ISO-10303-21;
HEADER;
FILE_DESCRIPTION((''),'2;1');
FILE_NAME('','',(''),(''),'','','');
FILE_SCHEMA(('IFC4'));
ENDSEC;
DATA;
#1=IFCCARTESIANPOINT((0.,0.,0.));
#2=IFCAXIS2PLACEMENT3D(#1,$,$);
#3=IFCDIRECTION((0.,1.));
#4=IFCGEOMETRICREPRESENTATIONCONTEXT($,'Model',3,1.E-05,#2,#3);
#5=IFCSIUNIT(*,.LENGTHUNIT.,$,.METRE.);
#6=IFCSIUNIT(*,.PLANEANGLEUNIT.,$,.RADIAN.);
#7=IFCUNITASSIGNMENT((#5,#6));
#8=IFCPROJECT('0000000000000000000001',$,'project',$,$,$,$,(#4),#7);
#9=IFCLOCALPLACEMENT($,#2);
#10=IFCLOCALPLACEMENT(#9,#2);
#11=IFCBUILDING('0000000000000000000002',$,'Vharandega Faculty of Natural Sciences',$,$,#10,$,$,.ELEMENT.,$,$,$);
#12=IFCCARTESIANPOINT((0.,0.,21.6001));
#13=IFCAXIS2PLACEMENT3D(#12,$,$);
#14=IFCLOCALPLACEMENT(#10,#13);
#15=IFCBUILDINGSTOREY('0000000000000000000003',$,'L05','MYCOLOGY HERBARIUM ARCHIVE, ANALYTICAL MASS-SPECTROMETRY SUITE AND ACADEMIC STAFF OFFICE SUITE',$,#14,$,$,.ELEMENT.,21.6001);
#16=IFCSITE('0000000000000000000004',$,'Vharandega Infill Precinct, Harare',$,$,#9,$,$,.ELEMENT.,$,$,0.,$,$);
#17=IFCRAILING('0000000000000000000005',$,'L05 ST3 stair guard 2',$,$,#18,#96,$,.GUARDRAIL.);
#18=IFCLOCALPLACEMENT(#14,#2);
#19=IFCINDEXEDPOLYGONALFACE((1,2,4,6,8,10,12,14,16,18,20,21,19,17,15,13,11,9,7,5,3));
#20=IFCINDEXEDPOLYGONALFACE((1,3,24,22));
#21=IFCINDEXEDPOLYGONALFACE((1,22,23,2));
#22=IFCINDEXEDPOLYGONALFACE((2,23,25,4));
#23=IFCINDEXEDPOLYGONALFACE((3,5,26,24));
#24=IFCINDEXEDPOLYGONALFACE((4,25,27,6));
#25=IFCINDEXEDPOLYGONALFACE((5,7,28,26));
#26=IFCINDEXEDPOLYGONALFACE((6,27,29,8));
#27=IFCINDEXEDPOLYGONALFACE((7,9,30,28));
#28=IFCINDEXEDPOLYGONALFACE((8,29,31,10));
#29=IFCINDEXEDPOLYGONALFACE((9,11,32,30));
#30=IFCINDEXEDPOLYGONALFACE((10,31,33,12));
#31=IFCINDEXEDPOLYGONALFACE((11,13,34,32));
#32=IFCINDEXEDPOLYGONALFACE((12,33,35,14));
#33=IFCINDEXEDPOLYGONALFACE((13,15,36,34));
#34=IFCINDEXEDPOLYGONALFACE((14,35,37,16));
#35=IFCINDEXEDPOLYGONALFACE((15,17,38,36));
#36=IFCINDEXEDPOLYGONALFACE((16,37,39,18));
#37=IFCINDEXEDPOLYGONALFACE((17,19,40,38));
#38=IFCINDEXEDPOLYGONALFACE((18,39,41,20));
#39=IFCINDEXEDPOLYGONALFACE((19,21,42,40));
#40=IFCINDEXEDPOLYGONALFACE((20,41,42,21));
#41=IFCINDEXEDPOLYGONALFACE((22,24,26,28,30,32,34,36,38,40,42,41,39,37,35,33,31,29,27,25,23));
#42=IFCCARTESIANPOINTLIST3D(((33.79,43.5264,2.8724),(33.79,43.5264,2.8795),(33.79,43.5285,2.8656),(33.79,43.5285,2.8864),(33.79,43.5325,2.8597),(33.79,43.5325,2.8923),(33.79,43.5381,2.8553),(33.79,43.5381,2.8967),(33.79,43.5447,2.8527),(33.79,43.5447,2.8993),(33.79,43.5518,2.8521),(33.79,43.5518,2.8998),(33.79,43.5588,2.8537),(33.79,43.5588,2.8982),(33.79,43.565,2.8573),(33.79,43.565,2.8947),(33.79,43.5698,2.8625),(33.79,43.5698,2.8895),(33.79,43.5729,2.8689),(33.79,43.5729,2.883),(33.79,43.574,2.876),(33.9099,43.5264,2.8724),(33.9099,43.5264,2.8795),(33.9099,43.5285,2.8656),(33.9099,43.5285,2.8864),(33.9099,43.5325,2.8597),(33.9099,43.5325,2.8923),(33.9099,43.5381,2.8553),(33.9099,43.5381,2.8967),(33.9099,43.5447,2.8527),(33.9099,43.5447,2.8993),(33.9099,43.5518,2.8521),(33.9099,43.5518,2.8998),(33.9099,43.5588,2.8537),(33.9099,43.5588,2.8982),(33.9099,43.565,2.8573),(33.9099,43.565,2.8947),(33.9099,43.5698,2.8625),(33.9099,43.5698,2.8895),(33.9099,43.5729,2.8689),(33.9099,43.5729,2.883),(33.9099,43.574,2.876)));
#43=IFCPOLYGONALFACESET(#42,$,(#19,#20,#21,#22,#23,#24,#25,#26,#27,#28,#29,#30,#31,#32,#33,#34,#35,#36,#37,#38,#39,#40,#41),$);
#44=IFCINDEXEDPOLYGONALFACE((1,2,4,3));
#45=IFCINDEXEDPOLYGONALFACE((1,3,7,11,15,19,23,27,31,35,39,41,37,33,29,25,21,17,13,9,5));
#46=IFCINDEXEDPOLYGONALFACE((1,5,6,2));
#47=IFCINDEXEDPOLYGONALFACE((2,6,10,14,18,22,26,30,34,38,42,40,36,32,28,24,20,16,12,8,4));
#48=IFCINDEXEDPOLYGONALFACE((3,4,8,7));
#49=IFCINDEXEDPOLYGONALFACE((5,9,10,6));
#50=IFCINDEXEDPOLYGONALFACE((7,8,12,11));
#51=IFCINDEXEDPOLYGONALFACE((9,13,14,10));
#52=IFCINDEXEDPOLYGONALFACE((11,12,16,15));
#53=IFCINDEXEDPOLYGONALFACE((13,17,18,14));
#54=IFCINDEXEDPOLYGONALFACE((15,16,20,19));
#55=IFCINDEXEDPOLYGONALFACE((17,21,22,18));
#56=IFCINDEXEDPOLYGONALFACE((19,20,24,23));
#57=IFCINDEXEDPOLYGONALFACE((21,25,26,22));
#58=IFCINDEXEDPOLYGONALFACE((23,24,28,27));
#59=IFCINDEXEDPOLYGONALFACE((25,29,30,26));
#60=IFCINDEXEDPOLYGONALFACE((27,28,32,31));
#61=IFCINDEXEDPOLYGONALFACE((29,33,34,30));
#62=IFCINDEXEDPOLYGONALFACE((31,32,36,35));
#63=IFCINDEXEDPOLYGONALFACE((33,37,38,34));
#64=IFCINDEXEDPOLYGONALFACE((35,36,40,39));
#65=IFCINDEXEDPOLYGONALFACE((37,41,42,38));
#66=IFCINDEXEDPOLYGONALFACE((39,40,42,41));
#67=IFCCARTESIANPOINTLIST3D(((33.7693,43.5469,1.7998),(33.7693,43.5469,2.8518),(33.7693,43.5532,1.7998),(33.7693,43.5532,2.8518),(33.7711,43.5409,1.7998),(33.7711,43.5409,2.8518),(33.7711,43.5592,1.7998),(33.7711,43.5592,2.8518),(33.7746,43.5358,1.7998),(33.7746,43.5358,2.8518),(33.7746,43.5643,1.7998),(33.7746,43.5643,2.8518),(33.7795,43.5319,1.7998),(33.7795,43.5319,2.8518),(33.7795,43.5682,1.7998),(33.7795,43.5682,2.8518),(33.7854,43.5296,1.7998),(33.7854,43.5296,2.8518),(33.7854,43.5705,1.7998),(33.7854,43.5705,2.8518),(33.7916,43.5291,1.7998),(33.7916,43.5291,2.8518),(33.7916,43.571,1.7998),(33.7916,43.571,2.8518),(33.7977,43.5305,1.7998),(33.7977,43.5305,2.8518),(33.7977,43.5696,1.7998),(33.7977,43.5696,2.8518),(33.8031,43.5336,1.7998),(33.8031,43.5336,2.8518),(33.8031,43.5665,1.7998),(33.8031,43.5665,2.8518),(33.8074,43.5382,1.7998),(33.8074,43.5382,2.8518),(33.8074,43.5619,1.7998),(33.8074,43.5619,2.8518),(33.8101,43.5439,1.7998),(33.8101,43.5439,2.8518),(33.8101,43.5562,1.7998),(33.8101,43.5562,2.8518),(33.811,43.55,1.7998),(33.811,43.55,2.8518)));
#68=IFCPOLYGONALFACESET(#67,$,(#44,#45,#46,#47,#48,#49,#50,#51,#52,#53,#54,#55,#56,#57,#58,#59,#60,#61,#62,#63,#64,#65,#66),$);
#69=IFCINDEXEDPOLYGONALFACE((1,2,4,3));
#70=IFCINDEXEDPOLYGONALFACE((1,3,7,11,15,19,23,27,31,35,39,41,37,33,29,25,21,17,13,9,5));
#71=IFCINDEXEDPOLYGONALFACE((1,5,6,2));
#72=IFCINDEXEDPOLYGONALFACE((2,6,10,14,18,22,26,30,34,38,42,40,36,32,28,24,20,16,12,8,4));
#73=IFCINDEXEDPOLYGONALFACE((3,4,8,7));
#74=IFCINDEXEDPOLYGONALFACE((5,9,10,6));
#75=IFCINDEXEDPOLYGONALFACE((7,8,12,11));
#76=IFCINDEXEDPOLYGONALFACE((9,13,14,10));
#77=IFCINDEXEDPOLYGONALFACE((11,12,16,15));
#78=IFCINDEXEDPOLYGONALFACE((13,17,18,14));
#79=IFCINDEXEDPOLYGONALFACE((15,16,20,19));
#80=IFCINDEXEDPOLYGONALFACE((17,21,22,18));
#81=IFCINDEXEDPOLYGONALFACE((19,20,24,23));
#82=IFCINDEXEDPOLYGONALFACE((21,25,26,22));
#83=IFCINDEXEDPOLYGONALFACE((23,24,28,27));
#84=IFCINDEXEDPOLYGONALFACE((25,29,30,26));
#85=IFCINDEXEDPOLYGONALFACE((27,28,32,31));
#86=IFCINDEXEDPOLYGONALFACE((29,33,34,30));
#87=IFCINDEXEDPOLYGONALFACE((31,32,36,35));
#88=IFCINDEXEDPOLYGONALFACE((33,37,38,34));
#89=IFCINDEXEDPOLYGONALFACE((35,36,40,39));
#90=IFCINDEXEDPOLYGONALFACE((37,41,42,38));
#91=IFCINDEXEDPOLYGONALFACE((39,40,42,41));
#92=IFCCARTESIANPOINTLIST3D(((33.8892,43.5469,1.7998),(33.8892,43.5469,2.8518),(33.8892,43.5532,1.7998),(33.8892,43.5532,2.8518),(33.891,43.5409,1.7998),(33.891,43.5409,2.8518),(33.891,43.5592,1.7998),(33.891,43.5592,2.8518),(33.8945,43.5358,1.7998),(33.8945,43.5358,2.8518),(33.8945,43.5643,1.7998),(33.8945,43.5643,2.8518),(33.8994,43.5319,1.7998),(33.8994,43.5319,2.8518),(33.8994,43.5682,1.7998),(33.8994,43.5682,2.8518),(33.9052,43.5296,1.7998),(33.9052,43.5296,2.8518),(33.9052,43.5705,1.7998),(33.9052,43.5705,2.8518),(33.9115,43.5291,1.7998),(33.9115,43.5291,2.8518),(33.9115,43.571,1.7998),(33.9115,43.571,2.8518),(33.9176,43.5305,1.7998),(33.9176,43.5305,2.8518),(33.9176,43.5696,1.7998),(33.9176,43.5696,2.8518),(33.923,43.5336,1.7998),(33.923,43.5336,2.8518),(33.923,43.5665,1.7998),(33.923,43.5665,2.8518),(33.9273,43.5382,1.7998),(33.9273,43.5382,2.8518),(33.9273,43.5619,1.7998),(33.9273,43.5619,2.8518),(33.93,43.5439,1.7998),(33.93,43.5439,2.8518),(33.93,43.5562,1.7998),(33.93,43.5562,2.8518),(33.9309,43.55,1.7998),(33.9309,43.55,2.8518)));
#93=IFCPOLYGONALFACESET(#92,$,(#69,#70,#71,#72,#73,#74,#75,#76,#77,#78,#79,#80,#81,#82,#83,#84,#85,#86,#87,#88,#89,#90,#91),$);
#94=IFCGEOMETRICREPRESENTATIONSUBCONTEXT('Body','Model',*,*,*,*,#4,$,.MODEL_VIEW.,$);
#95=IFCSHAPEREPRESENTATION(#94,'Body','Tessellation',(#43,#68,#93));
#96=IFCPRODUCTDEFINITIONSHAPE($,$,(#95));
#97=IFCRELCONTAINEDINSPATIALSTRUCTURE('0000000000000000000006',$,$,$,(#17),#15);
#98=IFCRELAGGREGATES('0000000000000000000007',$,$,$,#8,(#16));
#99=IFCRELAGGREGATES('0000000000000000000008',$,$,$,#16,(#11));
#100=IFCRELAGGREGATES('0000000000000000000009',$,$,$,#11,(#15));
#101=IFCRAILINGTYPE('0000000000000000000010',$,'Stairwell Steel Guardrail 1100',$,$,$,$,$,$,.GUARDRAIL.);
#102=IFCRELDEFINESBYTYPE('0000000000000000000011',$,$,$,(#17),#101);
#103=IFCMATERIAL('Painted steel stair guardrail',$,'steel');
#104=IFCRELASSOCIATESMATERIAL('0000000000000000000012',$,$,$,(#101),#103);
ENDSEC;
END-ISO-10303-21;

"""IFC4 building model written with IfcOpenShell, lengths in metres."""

from ifc_helpers import new_model, si_unit, direction, frame, origin, origin_2d, place, context, subcontext, project, spatial, circle, extrude, material, type_object, element, save


model = new_model("IFC4")

# Units and contexts
model_context = context("Model", 3, precision=1e-05, world=origin(), true_north=direction((0.0, 1.0)))
body_context = subcontext(model_context, "Body", "Model", "MODEL_VIEW")
ifc_project = project(units=[si_unit("LENGTHUNIT", "METRE"), si_unit("PLANEANGLEUNIT", "RADIAN")], contexts=[model_context])

# Site, building, storey
site_placement = place(None, origin())
site = spatial("IfcSite", under=ifc_project, at=site_placement, Name="Vharandega Infill Precinct, Harare", CompositionType="ELEMENT", RefElevation=0.0)
building_placement = place(site_placement, origin())
building = spatial("IfcBuilding", under=site, at=building_placement, Name="Vharandega Faculty of Natural Sciences", CompositionType="ELEMENT")
storey_placement = place(building_placement, frame((0.0, 0.0, 21.6001)))
storey = spatial("IfcBuildingStorey", under=building, at=storey_placement, Name="L05", Description="MYCOLOGY HERBARIUM ARCHIVE, ANALYTICAL MASS-SPECTROMETRY SUITE AND ACADEMIC STAFF OFFICE SUITE", CompositionType="ELEMENT", Elevation=21.6001)

# Railing
ifc_material_1 = material(Name="Painted steel stair guardrail", Category="steel")
railing_type_1 = type_object("IfcRailingType", Name="Stairwell Steel Guardrail 1100", PredefinedType="GUARDRAIL", material=ifc_material_1)
railing_1_placement = place(storey_placement, frame((33.79, 43.55, 1.7998)))
element("IfcRailing", 1, at=railing_1_placement, inside=storey, type_object=railing_type_1, Name="L05 ST3 stair guard 2", PredefinedType="GUARDRAIL", context=body_context, shape_type="SweptSolid", body=[
    extrude(circle(Radius=0.0239, at=origin_2d()), frame((0.0, 0.0, 1.0762), z_axis=(1.0, 0.0, 0.0), x_axis=(0.0, 1.0, 0.0)), (0.0, 0.0, 1.0), 0.1199),
    extrude(circle(Radius=0.021, at=origin_2d()), origin(), (0.0, 0.0, 1.0), 1.052),
    extrude(circle(Radius=0.021, at=origin_2d()), frame((0.1199, 0.0, 0.0)), (0.0, 0.0, 1.0), 1.052),
])

save(model, "model.ifc")
